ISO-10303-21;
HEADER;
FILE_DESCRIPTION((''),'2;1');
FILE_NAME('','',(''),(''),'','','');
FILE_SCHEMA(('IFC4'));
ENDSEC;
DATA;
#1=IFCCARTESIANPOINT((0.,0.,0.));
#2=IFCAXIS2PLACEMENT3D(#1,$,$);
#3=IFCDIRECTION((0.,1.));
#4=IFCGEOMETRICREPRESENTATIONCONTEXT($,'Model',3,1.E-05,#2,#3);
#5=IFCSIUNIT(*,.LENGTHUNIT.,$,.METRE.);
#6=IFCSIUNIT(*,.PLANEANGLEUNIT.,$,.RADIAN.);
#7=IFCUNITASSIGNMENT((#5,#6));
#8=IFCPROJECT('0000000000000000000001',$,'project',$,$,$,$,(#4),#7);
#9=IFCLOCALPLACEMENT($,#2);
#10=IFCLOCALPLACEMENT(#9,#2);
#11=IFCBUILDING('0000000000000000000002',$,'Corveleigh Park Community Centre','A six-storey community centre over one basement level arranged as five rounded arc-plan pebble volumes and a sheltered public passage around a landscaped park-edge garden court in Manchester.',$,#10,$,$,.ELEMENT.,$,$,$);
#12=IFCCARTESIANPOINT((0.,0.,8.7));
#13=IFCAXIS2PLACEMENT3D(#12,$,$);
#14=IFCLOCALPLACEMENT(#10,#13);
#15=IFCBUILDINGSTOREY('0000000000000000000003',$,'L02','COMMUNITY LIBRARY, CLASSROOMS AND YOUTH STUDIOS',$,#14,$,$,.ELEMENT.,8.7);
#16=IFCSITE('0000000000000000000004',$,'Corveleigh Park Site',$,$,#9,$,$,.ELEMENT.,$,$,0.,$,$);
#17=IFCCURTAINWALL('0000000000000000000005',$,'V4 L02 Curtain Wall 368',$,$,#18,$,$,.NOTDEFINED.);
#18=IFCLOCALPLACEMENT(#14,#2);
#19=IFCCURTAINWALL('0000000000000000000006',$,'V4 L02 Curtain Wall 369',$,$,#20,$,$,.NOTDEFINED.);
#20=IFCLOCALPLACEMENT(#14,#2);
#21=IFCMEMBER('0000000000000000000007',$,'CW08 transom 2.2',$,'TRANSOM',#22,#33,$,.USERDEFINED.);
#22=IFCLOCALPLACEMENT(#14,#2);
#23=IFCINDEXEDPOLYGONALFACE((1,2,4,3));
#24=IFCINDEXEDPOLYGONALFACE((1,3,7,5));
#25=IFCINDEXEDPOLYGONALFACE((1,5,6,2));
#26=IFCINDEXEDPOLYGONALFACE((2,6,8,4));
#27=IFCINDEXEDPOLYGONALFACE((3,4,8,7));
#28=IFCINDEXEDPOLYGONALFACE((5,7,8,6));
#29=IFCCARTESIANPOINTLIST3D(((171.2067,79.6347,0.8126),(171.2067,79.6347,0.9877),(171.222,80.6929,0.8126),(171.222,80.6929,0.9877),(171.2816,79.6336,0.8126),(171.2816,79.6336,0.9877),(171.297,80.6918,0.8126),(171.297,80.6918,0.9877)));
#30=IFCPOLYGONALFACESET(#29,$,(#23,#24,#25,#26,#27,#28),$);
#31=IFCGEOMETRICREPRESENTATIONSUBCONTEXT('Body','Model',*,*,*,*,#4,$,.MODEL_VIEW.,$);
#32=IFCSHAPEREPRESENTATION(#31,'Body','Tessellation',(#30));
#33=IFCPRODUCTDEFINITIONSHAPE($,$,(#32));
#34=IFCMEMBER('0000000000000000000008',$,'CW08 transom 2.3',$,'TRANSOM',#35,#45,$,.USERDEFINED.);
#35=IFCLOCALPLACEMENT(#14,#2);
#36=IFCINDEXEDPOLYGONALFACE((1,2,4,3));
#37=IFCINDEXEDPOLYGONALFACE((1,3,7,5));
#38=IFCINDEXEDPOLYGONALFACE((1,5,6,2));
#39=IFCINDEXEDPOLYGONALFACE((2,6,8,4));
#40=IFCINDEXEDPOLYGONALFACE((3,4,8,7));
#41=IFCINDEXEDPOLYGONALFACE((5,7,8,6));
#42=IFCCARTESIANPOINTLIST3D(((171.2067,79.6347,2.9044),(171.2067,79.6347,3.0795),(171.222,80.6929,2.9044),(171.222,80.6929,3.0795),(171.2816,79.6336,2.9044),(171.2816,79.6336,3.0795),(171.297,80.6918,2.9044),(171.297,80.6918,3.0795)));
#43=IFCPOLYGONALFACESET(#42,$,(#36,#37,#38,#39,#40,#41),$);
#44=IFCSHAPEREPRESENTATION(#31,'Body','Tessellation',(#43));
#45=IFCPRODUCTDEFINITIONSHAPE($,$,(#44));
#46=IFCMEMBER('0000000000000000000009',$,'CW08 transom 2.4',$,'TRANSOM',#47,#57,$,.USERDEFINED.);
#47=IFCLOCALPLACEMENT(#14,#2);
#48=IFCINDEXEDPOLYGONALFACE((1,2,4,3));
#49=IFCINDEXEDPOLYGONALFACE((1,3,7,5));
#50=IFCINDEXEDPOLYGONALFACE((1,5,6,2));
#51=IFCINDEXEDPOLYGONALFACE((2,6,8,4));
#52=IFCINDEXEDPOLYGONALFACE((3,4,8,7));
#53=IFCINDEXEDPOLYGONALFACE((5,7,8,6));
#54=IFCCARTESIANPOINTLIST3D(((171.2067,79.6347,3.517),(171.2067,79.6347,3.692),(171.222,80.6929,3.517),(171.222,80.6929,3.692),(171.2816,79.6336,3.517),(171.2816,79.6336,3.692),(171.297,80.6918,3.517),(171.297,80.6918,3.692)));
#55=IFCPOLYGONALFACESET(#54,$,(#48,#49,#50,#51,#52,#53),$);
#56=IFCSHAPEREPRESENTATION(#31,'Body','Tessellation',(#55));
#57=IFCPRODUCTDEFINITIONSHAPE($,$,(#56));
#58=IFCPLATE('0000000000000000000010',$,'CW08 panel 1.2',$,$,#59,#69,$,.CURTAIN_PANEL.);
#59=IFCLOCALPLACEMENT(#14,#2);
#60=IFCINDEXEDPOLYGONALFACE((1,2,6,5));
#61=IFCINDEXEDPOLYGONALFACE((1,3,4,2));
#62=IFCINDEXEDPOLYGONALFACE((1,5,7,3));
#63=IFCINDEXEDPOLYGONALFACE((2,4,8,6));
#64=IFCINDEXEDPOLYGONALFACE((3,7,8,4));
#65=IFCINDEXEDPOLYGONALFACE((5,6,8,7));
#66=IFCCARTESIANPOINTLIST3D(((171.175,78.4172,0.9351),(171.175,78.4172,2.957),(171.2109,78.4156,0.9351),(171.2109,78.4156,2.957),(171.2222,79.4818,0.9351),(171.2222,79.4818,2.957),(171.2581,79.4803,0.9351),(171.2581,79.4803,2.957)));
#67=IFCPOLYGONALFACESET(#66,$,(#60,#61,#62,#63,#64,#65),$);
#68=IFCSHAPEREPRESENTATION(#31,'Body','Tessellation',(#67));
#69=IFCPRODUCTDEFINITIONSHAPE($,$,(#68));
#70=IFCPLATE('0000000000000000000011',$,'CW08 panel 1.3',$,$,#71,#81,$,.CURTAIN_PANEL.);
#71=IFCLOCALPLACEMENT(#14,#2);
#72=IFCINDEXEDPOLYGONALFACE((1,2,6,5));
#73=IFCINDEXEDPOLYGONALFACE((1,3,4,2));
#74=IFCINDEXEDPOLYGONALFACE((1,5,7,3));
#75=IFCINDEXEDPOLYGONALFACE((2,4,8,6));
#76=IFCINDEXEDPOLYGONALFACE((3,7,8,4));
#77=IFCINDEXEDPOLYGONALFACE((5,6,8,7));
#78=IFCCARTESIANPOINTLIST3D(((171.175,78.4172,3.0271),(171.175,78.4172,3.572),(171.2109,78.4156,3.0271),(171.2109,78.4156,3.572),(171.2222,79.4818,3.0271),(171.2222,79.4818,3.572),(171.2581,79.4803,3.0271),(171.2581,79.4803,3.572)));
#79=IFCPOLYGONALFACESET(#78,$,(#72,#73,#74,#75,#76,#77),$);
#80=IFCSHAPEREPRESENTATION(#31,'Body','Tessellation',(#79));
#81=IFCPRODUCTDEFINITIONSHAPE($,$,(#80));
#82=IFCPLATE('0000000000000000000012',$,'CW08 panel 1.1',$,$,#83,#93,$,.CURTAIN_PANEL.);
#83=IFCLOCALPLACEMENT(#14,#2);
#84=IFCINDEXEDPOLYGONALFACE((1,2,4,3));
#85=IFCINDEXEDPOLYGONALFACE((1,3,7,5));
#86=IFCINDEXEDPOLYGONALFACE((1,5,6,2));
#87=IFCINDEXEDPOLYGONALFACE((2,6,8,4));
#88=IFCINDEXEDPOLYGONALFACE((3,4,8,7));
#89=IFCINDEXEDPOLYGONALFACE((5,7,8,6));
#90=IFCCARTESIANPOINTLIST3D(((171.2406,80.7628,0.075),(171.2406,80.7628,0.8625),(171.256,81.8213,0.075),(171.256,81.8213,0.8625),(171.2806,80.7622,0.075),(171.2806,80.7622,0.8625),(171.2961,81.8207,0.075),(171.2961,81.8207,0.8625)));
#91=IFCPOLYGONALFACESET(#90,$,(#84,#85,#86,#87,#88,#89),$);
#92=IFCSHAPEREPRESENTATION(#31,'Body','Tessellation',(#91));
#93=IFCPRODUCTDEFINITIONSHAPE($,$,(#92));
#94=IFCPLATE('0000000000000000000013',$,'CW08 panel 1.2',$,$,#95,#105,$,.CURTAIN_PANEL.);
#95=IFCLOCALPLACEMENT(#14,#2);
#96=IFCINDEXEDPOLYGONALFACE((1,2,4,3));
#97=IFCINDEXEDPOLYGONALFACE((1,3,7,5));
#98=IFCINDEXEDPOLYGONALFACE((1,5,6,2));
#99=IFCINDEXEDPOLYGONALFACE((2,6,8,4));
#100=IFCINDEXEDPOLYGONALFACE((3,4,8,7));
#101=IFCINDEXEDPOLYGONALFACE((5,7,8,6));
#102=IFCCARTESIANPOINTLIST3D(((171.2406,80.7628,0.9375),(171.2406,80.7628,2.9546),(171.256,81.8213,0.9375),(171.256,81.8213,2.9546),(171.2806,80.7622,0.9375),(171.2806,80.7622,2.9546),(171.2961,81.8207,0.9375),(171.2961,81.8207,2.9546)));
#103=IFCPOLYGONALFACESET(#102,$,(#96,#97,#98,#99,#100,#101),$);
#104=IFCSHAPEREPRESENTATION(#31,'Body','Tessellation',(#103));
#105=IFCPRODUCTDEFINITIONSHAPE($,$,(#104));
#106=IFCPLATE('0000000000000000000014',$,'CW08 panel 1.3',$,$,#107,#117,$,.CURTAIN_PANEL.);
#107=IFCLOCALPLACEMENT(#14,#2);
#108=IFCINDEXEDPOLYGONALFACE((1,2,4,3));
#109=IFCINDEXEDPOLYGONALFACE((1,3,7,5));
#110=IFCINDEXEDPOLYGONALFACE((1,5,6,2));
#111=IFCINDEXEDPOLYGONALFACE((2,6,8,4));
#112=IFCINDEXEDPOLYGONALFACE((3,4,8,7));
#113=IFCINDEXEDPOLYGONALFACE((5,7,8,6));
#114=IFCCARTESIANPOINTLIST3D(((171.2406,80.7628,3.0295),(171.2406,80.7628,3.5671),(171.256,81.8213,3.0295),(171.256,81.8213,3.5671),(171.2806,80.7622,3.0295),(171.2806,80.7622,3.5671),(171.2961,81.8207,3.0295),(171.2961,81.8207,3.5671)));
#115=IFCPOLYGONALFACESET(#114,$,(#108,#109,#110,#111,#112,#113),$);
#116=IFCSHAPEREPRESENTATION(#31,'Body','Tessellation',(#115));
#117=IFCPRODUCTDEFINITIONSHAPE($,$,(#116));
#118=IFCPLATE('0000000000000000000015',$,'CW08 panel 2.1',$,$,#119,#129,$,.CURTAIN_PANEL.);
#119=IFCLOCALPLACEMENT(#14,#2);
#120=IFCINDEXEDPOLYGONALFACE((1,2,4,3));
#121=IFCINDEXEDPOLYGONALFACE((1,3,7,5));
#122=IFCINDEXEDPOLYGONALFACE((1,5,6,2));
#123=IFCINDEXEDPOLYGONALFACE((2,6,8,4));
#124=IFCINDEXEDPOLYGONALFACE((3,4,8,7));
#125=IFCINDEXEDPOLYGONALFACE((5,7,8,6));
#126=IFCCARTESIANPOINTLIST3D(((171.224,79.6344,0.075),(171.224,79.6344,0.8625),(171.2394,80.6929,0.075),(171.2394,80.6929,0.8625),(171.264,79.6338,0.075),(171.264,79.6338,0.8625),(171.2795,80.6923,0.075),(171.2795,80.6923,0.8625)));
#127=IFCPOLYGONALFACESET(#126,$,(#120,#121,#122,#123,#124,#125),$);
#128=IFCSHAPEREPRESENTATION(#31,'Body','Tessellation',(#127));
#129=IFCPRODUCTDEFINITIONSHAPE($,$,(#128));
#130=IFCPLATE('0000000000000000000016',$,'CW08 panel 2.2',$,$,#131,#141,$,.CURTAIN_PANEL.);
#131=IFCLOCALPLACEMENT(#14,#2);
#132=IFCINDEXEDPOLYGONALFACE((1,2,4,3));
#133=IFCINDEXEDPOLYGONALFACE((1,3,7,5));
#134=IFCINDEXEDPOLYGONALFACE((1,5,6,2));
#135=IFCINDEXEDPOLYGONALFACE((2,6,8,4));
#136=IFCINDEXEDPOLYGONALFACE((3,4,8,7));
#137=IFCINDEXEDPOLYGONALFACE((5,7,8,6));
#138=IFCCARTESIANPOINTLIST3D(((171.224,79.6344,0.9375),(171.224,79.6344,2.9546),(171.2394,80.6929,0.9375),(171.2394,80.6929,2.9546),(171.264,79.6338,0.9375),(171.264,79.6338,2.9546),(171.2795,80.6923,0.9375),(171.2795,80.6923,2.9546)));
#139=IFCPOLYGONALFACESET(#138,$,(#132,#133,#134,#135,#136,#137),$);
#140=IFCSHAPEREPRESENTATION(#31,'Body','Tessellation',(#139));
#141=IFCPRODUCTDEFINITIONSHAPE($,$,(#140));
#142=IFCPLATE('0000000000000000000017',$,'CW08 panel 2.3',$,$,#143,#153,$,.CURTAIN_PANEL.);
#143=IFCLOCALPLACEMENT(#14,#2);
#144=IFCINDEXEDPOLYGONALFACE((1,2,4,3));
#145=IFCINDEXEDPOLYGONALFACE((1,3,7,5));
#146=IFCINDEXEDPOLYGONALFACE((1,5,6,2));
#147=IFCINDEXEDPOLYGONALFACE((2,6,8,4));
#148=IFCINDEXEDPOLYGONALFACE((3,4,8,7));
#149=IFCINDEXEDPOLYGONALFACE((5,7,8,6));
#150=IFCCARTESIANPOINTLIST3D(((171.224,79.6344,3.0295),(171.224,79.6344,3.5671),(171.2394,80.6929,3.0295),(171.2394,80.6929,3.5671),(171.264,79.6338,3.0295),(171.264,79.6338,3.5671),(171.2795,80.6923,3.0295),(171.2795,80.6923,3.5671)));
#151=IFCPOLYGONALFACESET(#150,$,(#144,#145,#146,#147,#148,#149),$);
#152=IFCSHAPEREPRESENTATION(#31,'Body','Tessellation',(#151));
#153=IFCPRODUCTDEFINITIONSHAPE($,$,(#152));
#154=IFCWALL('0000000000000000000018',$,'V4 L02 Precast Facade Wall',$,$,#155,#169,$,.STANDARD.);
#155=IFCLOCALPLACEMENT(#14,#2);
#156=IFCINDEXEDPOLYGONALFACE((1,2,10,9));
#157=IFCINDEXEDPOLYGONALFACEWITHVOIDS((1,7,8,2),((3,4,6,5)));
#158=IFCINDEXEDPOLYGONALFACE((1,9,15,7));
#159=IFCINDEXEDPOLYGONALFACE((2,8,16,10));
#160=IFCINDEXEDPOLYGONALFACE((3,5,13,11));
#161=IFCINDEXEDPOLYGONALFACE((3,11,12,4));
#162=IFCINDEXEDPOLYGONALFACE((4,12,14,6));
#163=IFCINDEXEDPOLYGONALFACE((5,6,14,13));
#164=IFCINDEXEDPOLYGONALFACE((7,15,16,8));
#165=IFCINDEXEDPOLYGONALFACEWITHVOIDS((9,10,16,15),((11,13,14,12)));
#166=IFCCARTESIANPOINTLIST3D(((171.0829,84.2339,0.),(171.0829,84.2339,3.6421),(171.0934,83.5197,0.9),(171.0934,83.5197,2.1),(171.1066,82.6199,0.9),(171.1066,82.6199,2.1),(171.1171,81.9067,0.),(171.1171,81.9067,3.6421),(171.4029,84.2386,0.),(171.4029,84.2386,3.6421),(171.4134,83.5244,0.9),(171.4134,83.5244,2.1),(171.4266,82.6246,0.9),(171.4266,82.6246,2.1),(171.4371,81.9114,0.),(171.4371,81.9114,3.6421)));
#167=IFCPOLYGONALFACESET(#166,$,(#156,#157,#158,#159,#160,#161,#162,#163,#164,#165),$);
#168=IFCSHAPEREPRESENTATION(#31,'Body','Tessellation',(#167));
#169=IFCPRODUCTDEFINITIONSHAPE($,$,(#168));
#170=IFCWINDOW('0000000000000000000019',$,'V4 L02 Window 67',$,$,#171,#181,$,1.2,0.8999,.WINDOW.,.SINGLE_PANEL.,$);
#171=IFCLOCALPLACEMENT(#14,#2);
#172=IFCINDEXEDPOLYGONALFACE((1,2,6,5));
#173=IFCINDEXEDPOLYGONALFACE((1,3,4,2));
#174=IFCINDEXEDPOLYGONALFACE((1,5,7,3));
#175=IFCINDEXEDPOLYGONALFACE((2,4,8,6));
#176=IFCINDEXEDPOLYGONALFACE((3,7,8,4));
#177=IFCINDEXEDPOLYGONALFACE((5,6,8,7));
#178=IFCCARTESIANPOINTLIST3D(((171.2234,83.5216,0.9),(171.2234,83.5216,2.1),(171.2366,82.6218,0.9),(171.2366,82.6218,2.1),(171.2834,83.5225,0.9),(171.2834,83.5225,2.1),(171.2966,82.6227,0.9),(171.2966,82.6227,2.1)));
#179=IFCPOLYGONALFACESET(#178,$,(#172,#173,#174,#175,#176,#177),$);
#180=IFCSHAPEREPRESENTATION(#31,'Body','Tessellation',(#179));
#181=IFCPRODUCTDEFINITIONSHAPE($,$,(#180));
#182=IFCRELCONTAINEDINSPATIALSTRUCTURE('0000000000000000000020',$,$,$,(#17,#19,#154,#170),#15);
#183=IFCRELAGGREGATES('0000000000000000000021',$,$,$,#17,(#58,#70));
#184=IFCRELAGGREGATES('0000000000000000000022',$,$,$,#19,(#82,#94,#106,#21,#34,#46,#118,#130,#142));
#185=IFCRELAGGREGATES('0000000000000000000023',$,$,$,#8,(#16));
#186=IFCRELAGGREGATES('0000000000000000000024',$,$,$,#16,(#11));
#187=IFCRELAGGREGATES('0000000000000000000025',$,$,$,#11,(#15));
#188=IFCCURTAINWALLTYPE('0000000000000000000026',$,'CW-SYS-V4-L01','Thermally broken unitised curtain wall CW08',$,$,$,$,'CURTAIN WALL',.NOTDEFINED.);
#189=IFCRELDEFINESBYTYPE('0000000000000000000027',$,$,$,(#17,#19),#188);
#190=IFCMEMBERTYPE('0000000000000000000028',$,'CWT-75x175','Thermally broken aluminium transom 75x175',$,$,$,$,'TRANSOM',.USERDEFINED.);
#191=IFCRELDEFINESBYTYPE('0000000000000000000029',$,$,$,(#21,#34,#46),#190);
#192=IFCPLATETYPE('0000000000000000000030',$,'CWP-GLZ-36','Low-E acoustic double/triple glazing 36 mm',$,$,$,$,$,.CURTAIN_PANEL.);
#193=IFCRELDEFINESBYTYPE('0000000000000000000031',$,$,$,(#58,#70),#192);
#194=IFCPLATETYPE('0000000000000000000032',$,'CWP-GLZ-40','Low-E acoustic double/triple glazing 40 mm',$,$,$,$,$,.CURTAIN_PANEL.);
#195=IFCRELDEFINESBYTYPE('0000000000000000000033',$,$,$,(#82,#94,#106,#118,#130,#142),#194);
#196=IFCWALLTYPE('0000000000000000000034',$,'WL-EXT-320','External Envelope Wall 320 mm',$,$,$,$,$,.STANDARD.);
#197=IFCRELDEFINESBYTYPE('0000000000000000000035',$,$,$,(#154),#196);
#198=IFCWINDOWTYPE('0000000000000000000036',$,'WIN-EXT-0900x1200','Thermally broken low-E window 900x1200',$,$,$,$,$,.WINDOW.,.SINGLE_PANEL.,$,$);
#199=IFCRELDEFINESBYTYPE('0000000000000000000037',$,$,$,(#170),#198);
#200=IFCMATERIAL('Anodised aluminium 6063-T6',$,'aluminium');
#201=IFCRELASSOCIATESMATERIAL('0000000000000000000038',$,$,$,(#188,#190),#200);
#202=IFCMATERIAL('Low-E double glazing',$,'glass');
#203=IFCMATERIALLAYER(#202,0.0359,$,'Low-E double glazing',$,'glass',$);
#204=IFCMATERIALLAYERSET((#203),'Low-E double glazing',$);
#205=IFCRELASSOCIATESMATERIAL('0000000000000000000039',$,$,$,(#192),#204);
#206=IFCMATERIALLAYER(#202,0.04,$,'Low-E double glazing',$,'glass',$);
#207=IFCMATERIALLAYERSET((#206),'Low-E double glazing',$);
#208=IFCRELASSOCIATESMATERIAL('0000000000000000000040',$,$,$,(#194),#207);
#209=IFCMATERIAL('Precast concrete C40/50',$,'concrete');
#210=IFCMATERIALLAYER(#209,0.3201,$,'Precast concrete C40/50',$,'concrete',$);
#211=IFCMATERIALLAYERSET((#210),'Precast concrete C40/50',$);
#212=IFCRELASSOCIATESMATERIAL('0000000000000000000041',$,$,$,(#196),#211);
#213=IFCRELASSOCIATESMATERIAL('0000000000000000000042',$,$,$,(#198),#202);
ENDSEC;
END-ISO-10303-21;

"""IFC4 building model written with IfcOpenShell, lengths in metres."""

from ifc_helpers import new_model, si_unit, direction, frame, frame_2d, origin, origin_2d, place, context, subcontext, project, spatial, rectangle, extrude, material, layer, layer_set, material_profile, profile_set, type_object, element, fill, aggregate, save


model = new_model("IFC4")

# Units and contexts
model_context = context("Model", 3, precision=1e-05, world=origin(), true_north=direction((0.0, 1.0)))
body_context = subcontext(model_context, "Body", "Model", "MODEL_VIEW")
ifc_project = project(units=[si_unit("LENGTHUNIT", "METRE"), si_unit("PLANEANGLEUNIT", "RADIAN")], contexts=[model_context])

# Site, building, storey
site_placement = place(None, origin())
site = spatial("IfcSite", under=ifc_project, at=site_placement, Name="Corveleigh Park Site", CompositionType="ELEMENT", RefElevation=0.0)
building_placement = place(site_placement, origin())
building = spatial("IfcBuilding", under=site, at=building_placement, Name="Corveleigh Park Community Centre", Description="A six-storey community centre over one basement level arranged as five rounded arc-plan pebble volumes and a sheltered public passage around a landscaped park-edge garden court in Manchester.", CompositionType="ELEMENT")
storey_placement = place(building_placement, frame((0.0, 0.0, 8.7)))
storey = spatial("IfcBuildingStorey", under=building, at=storey_placement, Name="L02", Description="COMMUNITY LIBRARY, CLASSROOMS AND YOUTH STUDIOS", CompositionType="ELEMENT", Elevation=8.7)

# Curtain wall
ifc_material_1 = material(Name="Anodised aluminium 6063-T6", Category="aluminium")
curtain_wall_type = type_object("IfcCurtainWallType", Name="CW-SYS-V4-L01", Description="Thermally broken unitised curtain wall CW08", ElementType="CURTAIN WALL", PredefinedType="NOTDEFINED", material=ifc_material_1)
curtain_wall_1_placement = place(storey_placement, origin())
curtain_wall_1 = element("IfcCurtainWall", 1, at=curtain_wall_1_placement, inside=storey, type_object=curtain_wall_type, Name="V4 L02 Curtain Wall 368", PredefinedType="NOTDEFINED")

# Curtain wall
curtain_wall_2_placement = place(storey_placement, origin())
curtain_wall_2 = element("IfcCurtainWall", 2, at=curtain_wall_2_placement, inside=storey, type_object=curtain_wall_type, Name="V4 L02 Curtain Wall 369", PredefinedType="NOTDEFINED")

# Members
ifc_material_profile_1 = material_profile(ifc_material_1, rectangle(XDim=0.075, YDim=0.175, at=origin_2d()), Name="ALU-T75x175", Category="aluminium")
ifc_profile_set_1 = profile_set([ifc_material_profile_1], Name="Anodised aluminium 6063-T6")
member_type_1 = type_object("IfcMemberType", Name="CWT-75x175", Description="Thermally broken aluminium transom 75x175", ElementType="TRANSOM", PredefinedType="USERDEFINED", material=ifc_profile_set_1)
member_1_placement = place(storey_placement, frame((171.2595, 80.6924, 0.9001), z_axis=(-0.014531, -0.999894, 0.0), x_axis=(0.999894, -0.014531, 0.0)))
member_1 = element("IfcMember", 3, at=member_1_placement, type_object=member_type_1, Name="CW08 transom 2.2", ObjectType="TRANSOM", PredefinedType="USERDEFINED", context=body_context, shape_type="SweptSolid", body=[
    extrude(rectangle(XDim=0.075, YDim=0.175, at=origin_2d()), origin(), (0.0, 0.0, 1.0), 1.0583),
])
member_2_placement = place(storey_placement, frame((171.2595, 80.6924, 2.9919), z_axis=(-0.014531, -0.999894, 0.0), x_axis=(0.999894, -0.014531, 0.0)))
member_2 = element("IfcMember", 4, at=member_2_placement, type_object=member_type_1, Name="CW08 transom 2.3", ObjectType="TRANSOM", PredefinedType="USERDEFINED", context=body_context, shape_type="SweptSolid", body=[
    extrude(rectangle(XDim=0.075, YDim=0.175, at=origin_2d()), origin(), (0.0, 0.0, 1.0), 1.0583),
])
member_3_placement = place(storey_placement, frame((171.2595, 80.6924, 3.6045), z_axis=(-0.014531, -0.999894, 0.0), x_axis=(0.999894, -0.014531, 0.0)))
member_3 = element("IfcMember", 5, at=member_3_placement, type_object=member_type_1, Name="CW08 transom 2.4", ObjectType="TRANSOM", PredefinedType="USERDEFINED", context=body_context, shape_type="SweptSolid", body=[
    extrude(rectangle(XDim=0.075, YDim=0.175, at=origin_2d()), origin(), (0.0, 0.0, 1.0), 1.0583),
])

# Plates
ifc_material_2 = material(Name="Low-E double glazing", Category="glass")
ifc_layer_1 = layer(ifc_material_2, 0.0359, Name="Low-E double glazing", Category="glass")
ifc_layer_set_1 = layer_set([ifc_layer_1], Name="Low-E double glazing")
plate_type_1 = type_object("IfcPlateType", Name="CWP-GLZ-36", Description="Low-E acoustic double/triple glazing 36 mm", PredefinedType="CURTAIN_PANEL", material=ifc_layer_set_1)
plate_1_placement = place(storey_placement, frame((171.2166, 78.9487, 0.9351), z_axis=(0.0, 0.0, 1.0), x_axis=(-0.044277, -0.999019, 0.0)))
plate_1 = element("IfcPlate", 6, at=plate_1_placement, type_object=plate_type_1, Name="CW08 panel 1.2", PredefinedType="CURTAIN_PANEL", context=body_context, shape_type="SweptSolid", body=[
    extrude(rectangle(XDim=1.0657, YDim=0.0359, at=origin_2d()), origin(), (0.0, 0.0, 1.0), 2.022),
])
plate_2_placement = place(storey_placement, frame((171.2166, 78.9487, 3.0271), z_axis=(0.0, 0.0, 1.0), x_axis=(-0.044277, -0.999019, 0.0)))
plate_2 = element("IfcPlate", 7, at=plate_2_placement, type_object=plate_type_1, Name="CW08 panel 1.3", PredefinedType="CURTAIN_PANEL", context=body_context, shape_type="SweptSolid", body=[
    extrude(rectangle(XDim=1.0657, YDim=0.0359, at=origin_2d()), origin(), (0.0, 0.0, 1.0), 0.5449),
])
aggregate(curtain_wall_1, [plate_1, plate_2])
ifc_layer_2 = layer(ifc_material_2, 0.04, Name="Low-E double glazing", Category="glass")
ifc_layer_set_2 = layer_set([ifc_layer_2], Name="Low-E double glazing")
plate_type_2 = type_object("IfcPlateType", Name="CWP-GLZ-40", Description="Low-E acoustic double/triple glazing 40 mm", PredefinedType="CURTAIN_PANEL", material=ifc_layer_set_2)
plate_3_placement = place(storey_placement, frame((171.2683, 81.2917, 0.075), z_axis=(0.0, 0.0, 1.0), x_axis=(-0.01461, -0.999893, 0.0)))
plate_3 = element("IfcPlate", 8, at=plate_3_placement, type_object=plate_type_2, Name="CW08 panel 1.1", PredefinedType="CURTAIN_PANEL", context=body_context, shape_type="SweptSolid", body=[
    extrude(rectangle(XDim=1.0586, YDim=0.04, at=origin_2d()), origin(), (0.0, 0.0, 1.0), 0.7876),
])
plate_4_placement = place(storey_placement, frame((171.2683, 81.2917, 0.9375), z_axis=(0.0, 0.0, 1.0), x_axis=(-0.01461, -0.999893, 0.0)))
plate_4 = element("IfcPlate", 9, at=plate_4_placement, type_object=plate_type_2, Name="CW08 panel 1.2", PredefinedType="CURTAIN_PANEL", context=body_context, shape_type="SweptSolid", body=[
    extrude(rectangle(XDim=1.0586, YDim=0.04, at=origin_2d()), origin(), (0.0, 0.0, 1.0), 2.0171),
])
plate_5_placement = place(storey_placement, frame((171.2683, 81.2917, 3.0295), z_axis=(0.0, 0.0, 1.0), x_axis=(-0.01461, -0.999893, 0.0)))
plate_5 = element("IfcPlate", 10, at=plate_5_placement, type_object=plate_type_2, Name="CW08 panel 1.3", PredefinedType="CURTAIN_PANEL", context=body_context, shape_type="SweptSolid", body=[
    extrude(rectangle(XDim=1.0586, YDim=0.04, at=origin_2d()), origin(), (0.0, 0.0, 1.0), 0.5376),
])
plate_6_placement = place(storey_placement, frame((171.2517, 80.1633, 0.075), z_axis=(0.0, 0.0, 1.0), x_axis=(-0.01461, -0.999893, 0.0)))
plate_6 = element("IfcPlate", 11, at=plate_6_placement, type_object=plate_type_2, Name="CW08 panel 2.1", PredefinedType="CURTAIN_PANEL", context=body_context, shape_type="SweptSolid", body=[
    extrude(rectangle(XDim=1.0586, YDim=0.04, at=origin_2d()), origin(), (0.0, 0.0, 1.0), 0.7876),
])
plate_7_placement = place(storey_placement, frame((171.2517, 80.1633, 0.9375), z_axis=(0.0, 0.0, 1.0), x_axis=(-0.01461, -0.999893, 0.0)))
plate_7 = element("IfcPlate", 12, at=plate_7_placement, type_object=plate_type_2, Name="CW08 panel 2.2", PredefinedType="CURTAIN_PANEL", context=body_context, shape_type="SweptSolid", body=[
    extrude(rectangle(XDim=1.0586, YDim=0.04, at=origin_2d()), origin(), (0.0, 0.0, 1.0), 2.0171),
])
plate_8_placement = place(storey_placement, frame((171.2517, 80.1633, 3.0295), z_axis=(0.0, 0.0, 1.0), x_axis=(-0.01461, -0.999893, 0.0)))
plate_8 = element("IfcPlate", 13, at=plate_8_placement, type_object=plate_type_2, Name="CW08 panel 2.3", PredefinedType="CURTAIN_PANEL", context=body_context, shape_type="SweptSolid", body=[
    extrude(rectangle(XDim=1.0586, YDim=0.04, at=origin_2d()), origin(), (0.0, 0.0, 1.0), 0.5376),
])
aggregate(curtain_wall_2, [plate_3, plate_4, plate_5, member_1, member_2, member_3, plate_6, plate_7, plate_8])

# Wall, opening, window
ifc_material_3 = material(Name="Precast concrete C40/50", Category="concrete")
ifc_layer_3 = layer(ifc_material_3, 0.3201, Name="Precast concrete C40/50", Category="concrete")
ifc_layer_set_3 = layer_set([ifc_layer_3], Name="Precast concrete C40/50")
wall_type = type_object("IfcWallType", Name="WL-EXT-320", Description="External Envelope Wall 320 mm", PredefinedType="STANDARD", material=ifc_layer_set_3)
wall_placement = place(storey_placement, frame((171.2429, 84.2361, 0.0), z_axis=(0.0, 0.0, 1.0), x_axis=(0.014686, -0.999892, 0.0)))
wall = element("IfcWall", 14, at=wall_placement, inside=storey, type_object=wall_type, Name="V4 L02 Precast Facade Wall", PredefinedType="STANDARD", context=body_context, shape_type="SweptSolid", body=[
    extrude(rectangle(XDim=2.3274, YDim=0.3201, at=frame_2d((1.1636, 0.0))), origin(), (0.0, 0.0, 1.0), 3.6421),
])
opening_placement = place(wall_placement, frame((0.7141, 0.0, 0.8999)))
opening = element("IfcOpeningElement", 15, at=opening_placement, cuts=wall, PredefinedType="OPENING", context=body_context, shape_type="SweptSolid", body=[
    extrude(rectangle(XDim=0.8999, YDim=1.2, at=frame_2d((0.45, 0.6001))), frame((0.0, 0.1699, 0.0), z_axis=(0.0, -1.0, 0.0), x_axis=(1.0, 0.0, 0.0)), (0.0, 0.0, 1.0), 0.3401),
])
window_type = type_object("IfcWindowType", Name="WIN-EXT-0900x1200", Description="Thermally broken low-E window 900x1200", PartitioningType="SINGLE_PANEL", PredefinedType="WINDOW", material=ifc_material_2)
window_placement = place(opening_placement, origin())
window = element("IfcWindow", 16, at=window_placement, inside=storey, type_object=window_type, Name="V4 L02 Window 67", OverallHeight=1.2, OverallWidth=0.8999, PartitioningType="SINGLE_PANEL", PredefinedType="WINDOW", context=body_context, shape_type="SweptSolid", body=[
    extrude(rectangle(XDim=0.8999, YDim=1.2, at=frame_2d((0.45, 0.6001))), frame((0.0, 0.03, 0.0), z_axis=(0.0, -1.0, 0.0), x_axis=(1.0, 0.0, 0.0)), (0.0, 0.0, 1.0), 0.0601),
])
fill(opening, window)

save(model, "model.ifc")
